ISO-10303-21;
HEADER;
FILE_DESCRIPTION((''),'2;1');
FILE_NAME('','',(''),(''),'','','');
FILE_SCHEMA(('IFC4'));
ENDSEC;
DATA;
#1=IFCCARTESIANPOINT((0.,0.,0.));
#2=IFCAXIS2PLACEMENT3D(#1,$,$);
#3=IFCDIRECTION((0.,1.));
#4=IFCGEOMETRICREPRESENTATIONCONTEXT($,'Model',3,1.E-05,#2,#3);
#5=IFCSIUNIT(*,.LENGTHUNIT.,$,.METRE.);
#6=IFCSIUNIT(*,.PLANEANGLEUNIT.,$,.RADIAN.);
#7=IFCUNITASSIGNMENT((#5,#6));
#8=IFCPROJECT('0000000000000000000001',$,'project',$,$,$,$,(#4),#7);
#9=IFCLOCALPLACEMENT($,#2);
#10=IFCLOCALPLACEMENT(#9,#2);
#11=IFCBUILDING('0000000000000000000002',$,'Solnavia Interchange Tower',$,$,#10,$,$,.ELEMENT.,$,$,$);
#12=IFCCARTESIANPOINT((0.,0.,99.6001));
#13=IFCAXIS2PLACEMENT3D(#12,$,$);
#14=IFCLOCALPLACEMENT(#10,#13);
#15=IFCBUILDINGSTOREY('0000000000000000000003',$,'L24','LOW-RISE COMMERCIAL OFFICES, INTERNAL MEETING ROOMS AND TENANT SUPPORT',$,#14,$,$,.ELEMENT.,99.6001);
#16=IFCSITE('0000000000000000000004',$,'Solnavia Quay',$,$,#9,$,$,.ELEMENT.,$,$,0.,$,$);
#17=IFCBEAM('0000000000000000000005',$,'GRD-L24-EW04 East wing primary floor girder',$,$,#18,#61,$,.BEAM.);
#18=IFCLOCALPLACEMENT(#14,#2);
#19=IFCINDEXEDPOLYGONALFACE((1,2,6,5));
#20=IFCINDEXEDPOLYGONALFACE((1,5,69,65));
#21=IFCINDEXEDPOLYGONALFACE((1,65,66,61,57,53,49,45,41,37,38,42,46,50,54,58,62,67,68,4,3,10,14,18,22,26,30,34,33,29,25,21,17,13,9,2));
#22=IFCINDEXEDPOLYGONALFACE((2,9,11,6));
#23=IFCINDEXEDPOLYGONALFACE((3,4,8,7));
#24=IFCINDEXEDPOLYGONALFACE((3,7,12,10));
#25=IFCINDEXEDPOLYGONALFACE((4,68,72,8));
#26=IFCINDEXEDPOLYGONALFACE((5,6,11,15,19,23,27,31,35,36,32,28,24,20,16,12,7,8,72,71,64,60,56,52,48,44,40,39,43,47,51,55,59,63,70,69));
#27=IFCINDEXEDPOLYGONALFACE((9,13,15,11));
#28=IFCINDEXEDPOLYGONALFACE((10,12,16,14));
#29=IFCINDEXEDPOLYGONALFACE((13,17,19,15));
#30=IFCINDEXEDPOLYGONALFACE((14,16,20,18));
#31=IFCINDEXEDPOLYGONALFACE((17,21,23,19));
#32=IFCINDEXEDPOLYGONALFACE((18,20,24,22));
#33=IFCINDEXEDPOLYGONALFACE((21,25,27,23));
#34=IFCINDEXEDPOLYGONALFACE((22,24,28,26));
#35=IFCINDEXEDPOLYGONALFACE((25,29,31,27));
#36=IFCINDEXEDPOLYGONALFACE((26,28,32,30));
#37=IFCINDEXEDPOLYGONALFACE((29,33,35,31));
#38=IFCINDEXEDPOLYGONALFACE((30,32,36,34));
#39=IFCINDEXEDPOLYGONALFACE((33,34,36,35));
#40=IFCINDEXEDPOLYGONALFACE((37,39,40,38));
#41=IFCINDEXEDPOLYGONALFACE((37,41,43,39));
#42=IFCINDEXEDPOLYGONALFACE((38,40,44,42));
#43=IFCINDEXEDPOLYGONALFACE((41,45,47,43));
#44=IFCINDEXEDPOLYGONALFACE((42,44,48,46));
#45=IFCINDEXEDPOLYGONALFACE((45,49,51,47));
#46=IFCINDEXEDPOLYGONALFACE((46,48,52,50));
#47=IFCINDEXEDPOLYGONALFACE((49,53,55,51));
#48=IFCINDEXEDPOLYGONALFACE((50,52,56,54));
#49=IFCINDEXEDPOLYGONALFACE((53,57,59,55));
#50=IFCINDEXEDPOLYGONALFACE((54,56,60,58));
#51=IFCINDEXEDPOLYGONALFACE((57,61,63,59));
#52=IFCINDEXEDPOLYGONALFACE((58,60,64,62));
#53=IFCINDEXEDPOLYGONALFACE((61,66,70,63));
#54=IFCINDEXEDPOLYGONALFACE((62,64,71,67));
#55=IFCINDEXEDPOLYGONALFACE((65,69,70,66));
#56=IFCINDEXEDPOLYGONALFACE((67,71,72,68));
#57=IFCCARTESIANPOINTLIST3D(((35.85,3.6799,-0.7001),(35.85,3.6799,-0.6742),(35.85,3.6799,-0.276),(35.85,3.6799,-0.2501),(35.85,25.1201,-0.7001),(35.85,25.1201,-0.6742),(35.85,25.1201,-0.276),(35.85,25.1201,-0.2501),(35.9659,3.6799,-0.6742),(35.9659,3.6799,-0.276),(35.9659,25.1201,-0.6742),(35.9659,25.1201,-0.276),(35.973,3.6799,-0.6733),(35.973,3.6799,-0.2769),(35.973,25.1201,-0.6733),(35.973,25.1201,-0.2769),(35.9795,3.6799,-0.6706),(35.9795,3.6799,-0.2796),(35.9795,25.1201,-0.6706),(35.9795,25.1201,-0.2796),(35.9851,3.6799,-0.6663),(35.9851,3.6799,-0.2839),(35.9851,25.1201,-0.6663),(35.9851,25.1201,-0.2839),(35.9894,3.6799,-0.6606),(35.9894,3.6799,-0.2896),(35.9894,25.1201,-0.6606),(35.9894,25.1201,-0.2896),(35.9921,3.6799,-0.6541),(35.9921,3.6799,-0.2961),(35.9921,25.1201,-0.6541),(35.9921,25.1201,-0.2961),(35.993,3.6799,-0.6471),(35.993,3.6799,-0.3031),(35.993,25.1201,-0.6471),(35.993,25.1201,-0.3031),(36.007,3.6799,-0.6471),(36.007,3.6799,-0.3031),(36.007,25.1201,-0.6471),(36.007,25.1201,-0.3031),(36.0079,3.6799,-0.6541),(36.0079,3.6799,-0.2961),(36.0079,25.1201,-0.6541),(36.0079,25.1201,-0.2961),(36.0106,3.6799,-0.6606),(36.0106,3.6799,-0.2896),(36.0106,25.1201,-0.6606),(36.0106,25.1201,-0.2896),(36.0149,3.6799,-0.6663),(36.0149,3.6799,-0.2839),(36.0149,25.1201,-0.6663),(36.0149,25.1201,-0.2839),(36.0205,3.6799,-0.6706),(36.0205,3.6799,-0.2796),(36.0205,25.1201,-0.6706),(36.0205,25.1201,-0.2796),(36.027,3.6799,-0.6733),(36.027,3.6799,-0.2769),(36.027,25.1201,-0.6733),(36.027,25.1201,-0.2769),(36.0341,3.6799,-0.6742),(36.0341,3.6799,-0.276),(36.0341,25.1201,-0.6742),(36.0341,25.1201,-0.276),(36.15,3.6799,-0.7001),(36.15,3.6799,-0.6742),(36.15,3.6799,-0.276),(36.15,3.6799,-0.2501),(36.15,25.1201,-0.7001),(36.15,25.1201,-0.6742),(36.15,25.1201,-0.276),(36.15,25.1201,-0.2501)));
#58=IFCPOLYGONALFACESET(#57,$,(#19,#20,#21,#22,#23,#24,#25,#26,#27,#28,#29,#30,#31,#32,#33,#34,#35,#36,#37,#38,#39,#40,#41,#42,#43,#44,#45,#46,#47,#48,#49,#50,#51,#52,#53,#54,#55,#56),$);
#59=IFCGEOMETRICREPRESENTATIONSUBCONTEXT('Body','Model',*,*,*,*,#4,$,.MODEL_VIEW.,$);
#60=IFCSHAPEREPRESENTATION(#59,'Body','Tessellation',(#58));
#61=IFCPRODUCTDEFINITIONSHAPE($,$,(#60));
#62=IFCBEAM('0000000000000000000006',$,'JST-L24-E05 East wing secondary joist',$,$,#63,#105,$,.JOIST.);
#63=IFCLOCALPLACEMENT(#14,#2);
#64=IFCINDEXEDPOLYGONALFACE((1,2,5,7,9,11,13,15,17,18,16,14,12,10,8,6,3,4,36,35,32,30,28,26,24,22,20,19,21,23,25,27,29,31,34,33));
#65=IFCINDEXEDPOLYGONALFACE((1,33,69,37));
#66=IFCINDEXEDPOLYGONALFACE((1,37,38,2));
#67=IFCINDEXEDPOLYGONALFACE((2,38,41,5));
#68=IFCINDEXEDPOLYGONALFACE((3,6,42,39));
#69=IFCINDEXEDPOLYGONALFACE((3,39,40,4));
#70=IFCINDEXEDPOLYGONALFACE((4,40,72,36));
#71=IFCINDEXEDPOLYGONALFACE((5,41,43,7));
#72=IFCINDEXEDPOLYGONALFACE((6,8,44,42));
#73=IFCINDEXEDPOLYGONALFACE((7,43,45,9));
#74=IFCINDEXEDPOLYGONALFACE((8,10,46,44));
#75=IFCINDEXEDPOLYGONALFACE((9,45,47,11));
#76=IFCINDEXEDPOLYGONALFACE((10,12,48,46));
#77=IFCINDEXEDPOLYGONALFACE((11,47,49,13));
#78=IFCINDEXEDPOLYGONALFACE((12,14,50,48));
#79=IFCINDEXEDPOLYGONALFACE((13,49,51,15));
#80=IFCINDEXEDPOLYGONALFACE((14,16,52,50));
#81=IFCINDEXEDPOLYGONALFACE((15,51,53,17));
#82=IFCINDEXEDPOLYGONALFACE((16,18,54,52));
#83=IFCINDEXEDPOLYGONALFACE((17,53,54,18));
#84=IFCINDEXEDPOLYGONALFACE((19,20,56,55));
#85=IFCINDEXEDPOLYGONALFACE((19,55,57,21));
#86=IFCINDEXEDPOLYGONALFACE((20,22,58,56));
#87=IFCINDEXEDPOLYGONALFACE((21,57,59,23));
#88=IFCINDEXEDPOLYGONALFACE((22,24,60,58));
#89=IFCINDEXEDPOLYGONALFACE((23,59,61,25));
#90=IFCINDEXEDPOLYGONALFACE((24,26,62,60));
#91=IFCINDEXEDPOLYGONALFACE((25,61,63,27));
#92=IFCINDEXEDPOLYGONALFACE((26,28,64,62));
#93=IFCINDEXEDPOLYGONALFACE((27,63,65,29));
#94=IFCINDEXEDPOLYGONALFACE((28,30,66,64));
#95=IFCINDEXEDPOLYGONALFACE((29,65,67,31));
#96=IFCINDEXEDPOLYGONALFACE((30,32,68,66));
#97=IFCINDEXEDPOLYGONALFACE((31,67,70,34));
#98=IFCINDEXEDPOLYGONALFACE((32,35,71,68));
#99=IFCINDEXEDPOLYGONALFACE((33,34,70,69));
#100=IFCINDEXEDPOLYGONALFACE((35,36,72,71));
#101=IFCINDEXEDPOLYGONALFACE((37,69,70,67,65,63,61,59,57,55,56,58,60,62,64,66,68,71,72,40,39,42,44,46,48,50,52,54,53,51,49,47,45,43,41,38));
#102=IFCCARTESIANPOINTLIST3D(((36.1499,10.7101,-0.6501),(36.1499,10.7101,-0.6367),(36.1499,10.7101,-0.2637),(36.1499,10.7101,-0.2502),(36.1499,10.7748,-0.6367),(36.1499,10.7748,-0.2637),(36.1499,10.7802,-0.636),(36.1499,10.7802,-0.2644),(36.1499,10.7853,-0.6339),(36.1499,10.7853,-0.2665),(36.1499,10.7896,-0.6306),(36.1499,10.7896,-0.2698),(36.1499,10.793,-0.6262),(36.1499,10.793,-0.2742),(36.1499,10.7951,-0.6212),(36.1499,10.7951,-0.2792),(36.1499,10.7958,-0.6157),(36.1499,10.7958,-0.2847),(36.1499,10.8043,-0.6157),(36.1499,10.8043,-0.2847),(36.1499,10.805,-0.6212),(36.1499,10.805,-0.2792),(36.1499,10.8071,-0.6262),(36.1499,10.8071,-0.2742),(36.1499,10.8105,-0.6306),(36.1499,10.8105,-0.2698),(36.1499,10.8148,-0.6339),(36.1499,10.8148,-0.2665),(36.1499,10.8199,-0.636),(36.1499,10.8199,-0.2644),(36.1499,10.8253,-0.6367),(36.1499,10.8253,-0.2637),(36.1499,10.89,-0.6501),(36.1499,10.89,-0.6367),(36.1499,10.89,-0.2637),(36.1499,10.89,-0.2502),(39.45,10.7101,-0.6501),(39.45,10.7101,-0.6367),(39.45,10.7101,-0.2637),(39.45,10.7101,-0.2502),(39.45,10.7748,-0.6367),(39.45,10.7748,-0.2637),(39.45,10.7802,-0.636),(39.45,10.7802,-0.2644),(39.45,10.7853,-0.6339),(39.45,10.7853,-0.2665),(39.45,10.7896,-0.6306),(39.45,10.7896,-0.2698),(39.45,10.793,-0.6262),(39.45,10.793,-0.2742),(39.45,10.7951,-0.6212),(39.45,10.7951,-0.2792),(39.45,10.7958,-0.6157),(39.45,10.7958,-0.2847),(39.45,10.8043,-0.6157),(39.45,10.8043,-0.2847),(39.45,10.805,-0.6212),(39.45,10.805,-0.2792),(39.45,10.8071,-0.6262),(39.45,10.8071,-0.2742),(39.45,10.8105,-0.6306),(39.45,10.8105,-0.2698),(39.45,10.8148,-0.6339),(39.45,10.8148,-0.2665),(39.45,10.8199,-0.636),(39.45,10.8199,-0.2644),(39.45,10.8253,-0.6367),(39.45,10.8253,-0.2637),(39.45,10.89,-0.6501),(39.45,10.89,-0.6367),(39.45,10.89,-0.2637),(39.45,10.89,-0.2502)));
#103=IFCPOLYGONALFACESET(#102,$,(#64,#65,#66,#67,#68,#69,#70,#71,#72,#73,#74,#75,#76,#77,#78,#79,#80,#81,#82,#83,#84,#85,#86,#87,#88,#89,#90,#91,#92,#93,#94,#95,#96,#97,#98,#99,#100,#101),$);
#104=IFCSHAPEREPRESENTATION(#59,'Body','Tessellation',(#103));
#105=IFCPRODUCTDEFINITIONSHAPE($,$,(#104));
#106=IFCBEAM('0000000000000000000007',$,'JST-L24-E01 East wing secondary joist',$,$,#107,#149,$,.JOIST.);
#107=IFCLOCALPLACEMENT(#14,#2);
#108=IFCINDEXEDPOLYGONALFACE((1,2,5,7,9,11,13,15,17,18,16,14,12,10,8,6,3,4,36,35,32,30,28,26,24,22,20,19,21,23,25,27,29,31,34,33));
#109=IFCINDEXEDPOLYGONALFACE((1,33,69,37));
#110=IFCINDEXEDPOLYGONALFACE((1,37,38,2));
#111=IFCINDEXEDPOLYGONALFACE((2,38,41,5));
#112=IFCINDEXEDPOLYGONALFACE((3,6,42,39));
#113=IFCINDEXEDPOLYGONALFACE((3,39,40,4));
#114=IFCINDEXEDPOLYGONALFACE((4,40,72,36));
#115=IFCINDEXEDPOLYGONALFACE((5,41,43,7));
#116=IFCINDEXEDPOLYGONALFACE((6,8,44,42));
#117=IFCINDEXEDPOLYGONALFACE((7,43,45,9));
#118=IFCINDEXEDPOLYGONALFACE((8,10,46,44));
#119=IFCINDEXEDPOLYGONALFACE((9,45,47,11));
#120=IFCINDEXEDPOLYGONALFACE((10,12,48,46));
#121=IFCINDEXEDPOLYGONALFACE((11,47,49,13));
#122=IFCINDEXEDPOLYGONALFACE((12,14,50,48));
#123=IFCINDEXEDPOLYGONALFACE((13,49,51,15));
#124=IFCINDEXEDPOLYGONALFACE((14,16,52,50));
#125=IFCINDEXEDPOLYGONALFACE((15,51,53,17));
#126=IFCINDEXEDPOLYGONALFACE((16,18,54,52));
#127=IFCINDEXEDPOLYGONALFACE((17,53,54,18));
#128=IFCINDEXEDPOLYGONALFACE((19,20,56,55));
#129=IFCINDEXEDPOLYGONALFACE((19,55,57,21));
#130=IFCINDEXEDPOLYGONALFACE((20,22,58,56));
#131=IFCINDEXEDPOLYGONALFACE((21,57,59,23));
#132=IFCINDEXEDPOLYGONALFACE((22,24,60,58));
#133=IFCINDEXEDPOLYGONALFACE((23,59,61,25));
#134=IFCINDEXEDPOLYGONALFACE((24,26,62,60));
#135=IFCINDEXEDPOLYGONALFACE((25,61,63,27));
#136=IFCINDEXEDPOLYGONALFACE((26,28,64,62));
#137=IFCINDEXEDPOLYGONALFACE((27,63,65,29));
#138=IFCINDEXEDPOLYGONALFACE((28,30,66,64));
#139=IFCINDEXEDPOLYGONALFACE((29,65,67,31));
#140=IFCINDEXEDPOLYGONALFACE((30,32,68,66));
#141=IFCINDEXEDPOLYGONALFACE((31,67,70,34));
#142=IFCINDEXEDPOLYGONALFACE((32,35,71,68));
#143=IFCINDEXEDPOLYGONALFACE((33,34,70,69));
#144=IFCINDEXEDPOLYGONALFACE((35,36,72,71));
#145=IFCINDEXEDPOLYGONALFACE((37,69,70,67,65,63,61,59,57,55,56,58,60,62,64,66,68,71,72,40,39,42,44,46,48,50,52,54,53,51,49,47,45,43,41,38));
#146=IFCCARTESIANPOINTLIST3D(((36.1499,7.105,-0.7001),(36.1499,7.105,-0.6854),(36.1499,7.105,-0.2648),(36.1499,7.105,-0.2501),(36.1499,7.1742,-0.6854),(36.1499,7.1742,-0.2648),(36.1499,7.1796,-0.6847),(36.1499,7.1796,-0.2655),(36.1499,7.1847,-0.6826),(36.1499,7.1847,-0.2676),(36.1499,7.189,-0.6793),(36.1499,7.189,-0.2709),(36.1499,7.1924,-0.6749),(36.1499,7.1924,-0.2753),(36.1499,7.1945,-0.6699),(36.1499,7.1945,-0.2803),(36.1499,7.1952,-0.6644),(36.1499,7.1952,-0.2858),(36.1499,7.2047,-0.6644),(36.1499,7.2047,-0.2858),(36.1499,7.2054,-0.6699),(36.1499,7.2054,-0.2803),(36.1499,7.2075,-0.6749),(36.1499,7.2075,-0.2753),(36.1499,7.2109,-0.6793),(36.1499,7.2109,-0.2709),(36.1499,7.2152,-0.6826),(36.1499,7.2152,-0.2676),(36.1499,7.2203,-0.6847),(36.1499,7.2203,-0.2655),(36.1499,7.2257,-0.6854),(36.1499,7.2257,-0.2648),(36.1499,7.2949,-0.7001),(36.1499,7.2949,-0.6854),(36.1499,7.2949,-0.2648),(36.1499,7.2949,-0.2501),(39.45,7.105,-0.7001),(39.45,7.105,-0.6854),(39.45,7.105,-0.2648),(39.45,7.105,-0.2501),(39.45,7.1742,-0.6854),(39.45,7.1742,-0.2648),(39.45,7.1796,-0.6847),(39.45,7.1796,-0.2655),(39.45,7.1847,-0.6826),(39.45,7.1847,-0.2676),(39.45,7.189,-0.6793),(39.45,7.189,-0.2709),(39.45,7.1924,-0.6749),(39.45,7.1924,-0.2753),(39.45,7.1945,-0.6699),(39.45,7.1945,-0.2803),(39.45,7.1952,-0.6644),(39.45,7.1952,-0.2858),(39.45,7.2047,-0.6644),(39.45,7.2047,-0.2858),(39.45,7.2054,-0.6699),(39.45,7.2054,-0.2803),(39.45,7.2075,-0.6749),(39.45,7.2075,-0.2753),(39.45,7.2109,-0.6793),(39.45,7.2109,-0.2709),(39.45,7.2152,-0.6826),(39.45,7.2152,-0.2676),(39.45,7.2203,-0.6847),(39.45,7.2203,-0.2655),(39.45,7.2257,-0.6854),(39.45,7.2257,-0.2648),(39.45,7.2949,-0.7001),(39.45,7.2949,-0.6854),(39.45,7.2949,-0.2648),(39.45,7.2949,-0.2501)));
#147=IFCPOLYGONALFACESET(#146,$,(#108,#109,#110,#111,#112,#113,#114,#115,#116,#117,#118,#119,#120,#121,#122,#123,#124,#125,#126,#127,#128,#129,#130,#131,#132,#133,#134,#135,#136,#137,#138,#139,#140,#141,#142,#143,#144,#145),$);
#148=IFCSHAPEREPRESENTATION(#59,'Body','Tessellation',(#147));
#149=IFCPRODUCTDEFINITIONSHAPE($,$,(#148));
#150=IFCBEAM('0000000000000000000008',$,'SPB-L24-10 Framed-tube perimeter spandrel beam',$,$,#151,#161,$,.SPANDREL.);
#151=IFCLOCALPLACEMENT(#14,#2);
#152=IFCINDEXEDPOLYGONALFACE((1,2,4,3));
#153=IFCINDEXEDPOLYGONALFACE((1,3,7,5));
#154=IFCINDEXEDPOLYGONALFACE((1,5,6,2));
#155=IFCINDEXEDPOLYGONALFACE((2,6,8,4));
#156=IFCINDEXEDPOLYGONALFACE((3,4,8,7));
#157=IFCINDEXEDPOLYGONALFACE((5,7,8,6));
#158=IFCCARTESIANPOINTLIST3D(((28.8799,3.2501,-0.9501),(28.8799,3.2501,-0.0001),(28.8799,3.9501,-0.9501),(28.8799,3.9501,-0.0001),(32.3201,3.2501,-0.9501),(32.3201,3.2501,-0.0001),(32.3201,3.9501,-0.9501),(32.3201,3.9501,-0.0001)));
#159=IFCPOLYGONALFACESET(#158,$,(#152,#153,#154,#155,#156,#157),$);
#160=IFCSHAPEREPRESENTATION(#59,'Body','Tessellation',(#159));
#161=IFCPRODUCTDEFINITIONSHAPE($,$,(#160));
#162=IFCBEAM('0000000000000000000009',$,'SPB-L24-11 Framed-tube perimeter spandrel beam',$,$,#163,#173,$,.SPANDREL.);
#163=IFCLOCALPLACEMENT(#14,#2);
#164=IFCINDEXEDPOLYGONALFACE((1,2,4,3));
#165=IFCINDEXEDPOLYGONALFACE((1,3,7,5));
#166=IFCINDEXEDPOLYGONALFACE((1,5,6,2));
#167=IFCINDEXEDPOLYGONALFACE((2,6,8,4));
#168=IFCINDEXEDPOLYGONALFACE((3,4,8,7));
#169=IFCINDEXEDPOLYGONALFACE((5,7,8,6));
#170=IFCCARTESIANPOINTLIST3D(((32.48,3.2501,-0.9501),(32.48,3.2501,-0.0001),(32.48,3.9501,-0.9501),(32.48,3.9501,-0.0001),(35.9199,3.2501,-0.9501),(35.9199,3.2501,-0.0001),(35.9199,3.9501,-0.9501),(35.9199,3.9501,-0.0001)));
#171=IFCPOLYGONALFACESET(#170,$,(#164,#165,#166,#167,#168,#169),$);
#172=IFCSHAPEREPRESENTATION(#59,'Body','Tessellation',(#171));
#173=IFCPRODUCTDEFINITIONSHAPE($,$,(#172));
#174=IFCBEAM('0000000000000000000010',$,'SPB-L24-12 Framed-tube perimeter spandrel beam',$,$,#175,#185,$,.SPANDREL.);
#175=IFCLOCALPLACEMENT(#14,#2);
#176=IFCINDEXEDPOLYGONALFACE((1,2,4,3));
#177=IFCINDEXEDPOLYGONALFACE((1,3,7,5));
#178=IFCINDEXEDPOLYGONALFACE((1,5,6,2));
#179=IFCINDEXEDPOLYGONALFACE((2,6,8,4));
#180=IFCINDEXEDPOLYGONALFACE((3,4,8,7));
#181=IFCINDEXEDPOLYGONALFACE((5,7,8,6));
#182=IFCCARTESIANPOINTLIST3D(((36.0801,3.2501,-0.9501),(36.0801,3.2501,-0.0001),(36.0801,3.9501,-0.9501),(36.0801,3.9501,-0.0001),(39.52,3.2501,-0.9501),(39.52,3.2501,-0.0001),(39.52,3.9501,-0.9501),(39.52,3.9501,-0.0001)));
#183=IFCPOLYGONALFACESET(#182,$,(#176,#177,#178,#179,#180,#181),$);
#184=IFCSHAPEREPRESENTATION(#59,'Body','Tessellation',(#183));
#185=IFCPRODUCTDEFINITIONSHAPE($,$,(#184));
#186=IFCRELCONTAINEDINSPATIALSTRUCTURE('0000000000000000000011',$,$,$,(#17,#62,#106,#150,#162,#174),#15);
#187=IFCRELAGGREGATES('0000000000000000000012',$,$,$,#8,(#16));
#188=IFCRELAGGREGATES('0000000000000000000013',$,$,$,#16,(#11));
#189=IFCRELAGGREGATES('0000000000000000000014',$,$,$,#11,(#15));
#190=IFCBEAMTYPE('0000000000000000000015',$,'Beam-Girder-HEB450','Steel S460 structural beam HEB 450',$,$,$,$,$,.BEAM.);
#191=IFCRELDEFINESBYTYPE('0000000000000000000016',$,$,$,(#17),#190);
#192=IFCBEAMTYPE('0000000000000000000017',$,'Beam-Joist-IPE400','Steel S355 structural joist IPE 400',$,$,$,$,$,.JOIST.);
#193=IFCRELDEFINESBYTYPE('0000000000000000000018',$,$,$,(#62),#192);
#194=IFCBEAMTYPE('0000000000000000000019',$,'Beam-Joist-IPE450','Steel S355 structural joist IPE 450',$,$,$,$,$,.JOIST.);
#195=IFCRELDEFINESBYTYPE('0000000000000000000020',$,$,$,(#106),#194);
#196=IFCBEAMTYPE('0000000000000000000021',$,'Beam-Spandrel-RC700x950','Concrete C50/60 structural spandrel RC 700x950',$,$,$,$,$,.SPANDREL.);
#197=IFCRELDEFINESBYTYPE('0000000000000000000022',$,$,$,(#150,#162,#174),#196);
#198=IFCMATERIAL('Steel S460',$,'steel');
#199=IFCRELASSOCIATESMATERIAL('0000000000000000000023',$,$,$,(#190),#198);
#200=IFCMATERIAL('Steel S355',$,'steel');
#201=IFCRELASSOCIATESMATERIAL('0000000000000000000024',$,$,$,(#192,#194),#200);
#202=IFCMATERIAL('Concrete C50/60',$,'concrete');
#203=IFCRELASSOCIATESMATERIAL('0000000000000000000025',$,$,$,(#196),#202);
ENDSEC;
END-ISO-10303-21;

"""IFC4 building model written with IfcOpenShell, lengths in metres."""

from ifc_helpers import new_model, si_unit, direction, frame, origin, origin_2d, place, context, subcontext, project, spatial, rectangle, i_section, extrude, material, material_profile, profile_set, type_object, element, save


model = new_model("IFC4")

# Units and contexts
model_context = context("Model", 3, precision=1e-05, world=origin(), true_north=direction((0.0, 1.0)))
body_context = subcontext(model_context, "Body", "Model", "MODEL_VIEW")
ifc_project = project(units=[si_unit("LENGTHUNIT", "METRE"), si_unit("PLANEANGLEUNIT", "RADIAN")], contexts=[model_context])

# Site, building, storey
site_placement = place(None, origin())
site = spatial("IfcSite", under=ifc_project, at=site_placement, Name="Solnavia Quay", CompositionType="ELEMENT", RefElevation=0.0)
building_placement = place(site_placement, origin())
building = spatial("IfcBuilding", under=site, at=building_placement, Name="Solnavia Interchange Tower", CompositionType="ELEMENT")
storey_placement = place(building_placement, frame((0.0, 0.0, 99.6001)))
storey = spatial("IfcBuildingStorey", under=building, at=storey_placement, Name="L24", Description="LOW-RISE COMMERCIAL OFFICES, INTERNAL MEETING ROOMS AND TENANT SUPPORT", CompositionType="ELEMENT", Elevation=99.6001)

# Shared definitions
ifc_material_1 = material(Name="Concrete C50/60", Category="concrete")
ifc_material_2 = material(Name="Steel S355", Category="steel")

# Beams
ifc_material_3 = material(Name="Steel S460", Category="steel")
ifc_material_profile_1 = material_profile(ifc_material_3, i_section(OverallWidth=0.3, OverallDepth=0.45, WebThickness=0.0139, FlangeThickness=0.0259, FilletRadius=0.0271, at=origin_2d()), Name="HEB 450")
ifc_profile_set_1 = profile_set([ifc_material_profile_1], Name="Steel S460")
beam_type_1 = type_object("IfcBeamType", Name="Beam-Girder-HEB450", Description="Steel S460 structural beam HEB 450", PredefinedType="BEAM", material=ifc_profile_set_1)
beam_1_placement = place(storey_placement, frame((36.0, 3.6799, -0.4751), z_axis=(0.0, 1.0, 0.0), x_axis=(-1.0, 0.0, 0.0)))
element("IfcBeam", 1, at=beam_1_placement, inside=storey, type_object=beam_type_1, Name="GRD-L24-EW04 East wing primary floor girder", PredefinedType="BEAM", context=body_context, shape_type="SweptSolid", body=[
    extrude(i_section(OverallWidth=0.3, OverallDepth=0.45, WebThickness=0.0139, FlangeThickness=0.0259, FilletRadius=0.0271, at=origin_2d()), origin(), (0.0, 0.0, 1.0), 21.4402),
])
ifc_material_profile_2 = material_profile(ifc_material_2, i_section(OverallWidth=0.1799, OverallDepth=0.3999, WebThickness=0.0085, FlangeThickness=0.0134, FilletRadius=0.021, at=origin_2d()), Name="IPE 400")
ifc_profile_set_2 = profile_set([ifc_material_profile_2], Name="Steel S355")
beam_type_2 = type_object("IfcBeamType", Name="Beam-Joist-IPE400", Description="Steel S355 structural joist IPE 400", PredefinedType="JOIST", material=ifc_profile_set_2)
beam_2_placement = place(storey_placement, frame((36.1499, 10.8, -0.4502), z_axis=(1.0, 0.0, 0.0), x_axis=(0.0, 1.0, 0.0)))
element("IfcBeam", 2, at=beam_2_placement, inside=storey, type_object=beam_type_2, Name="JST-L24-E05 East wing secondary joist", PredefinedType="JOIST", context=body_context, shape_type="SweptSolid", body=[
    extrude(i_section(OverallWidth=0.1799, OverallDepth=0.3999, WebThickness=0.0085, FlangeThickness=0.0134, FilletRadius=0.021, at=origin_2d()), origin(), (0.0, 0.0, 1.0), 3.3),
])
ifc_material_profile_3 = material_profile(ifc_material_2, i_section(OverallWidth=0.1899, OverallDepth=0.45, WebThickness=0.0095, FlangeThickness=0.0146, FilletRadius=0.021, at=origin_2d()), Name="IPE 450")
ifc_profile_set_3 = profile_set([ifc_material_profile_3], Name="Steel S355")
beam_type_3 = type_object("IfcBeamType", Name="Beam-Joist-IPE450", Description="Steel S355 structural joist IPE 450", PredefinedType="JOIST", material=ifc_profile_set_3)
beam_3_placement = place(storey_placement, frame((36.1499, 7.2, -0.4751), z_axis=(1.0, 0.0, 0.0), x_axis=(0.0, 1.0, 0.0)))
element("IfcBeam", 3, at=beam_3_placement, inside=storey, type_object=beam_type_3, Name="JST-L24-E01 East wing secondary joist", PredefinedType="JOIST", context=body_context, shape_type="SweptSolid", body=[
    extrude(i_section(OverallWidth=0.1899, OverallDepth=0.45, WebThickness=0.0095, FlangeThickness=0.0146, FilletRadius=0.021, at=origin_2d()), origin(), (0.0, 0.0, 1.0), 3.3),
])
ifc_material_profile_4 = material_profile(ifc_material_1, rectangle(XDim=0.7, YDim=0.95, at=origin_2d()), Name="RC 700x950")
ifc_profile_set_4 = profile_set([ifc_material_profile_4], Name="Concrete C50/60")
beam_type_4 = type_object("IfcBeamType", Name="Beam-Spandrel-RC700x950", Description="Concrete C50/60 structural spandrel RC 700x950", PredefinedType="SPANDREL", material=ifc_profile_set_4)
beam_4_placement = place(storey_placement, frame((28.8799, 3.6001, -0.4751), z_axis=(1.0, 0.0, 0.0), x_axis=(0.0, 1.0, 0.0)))
element("IfcBeam", 4, at=beam_4_placement, inside=storey, type_object=beam_type_4, Name="SPB-L24-10 Framed-tube perimeter spandrel beam", PredefinedType="SPANDREL", context=body_context, shape_type="SweptSolid", body=[
    extrude(rectangle(XDim=0.7, YDim=0.95, at=origin_2d()), origin(), (0.0, 0.0, 1.0), 3.4402),
])
for number, where, z_axis, x_axis, name in (
    (5, (32.48, 3.6001, -0.4751), (1.0, 0.0, 0.0), (0.0, 1.0, 0.0), "SPB-L24-11 Framed-tube perimeter spandrel beam"),
    (6, (36.0801, 3.6001, -0.4751), (1.0, 0.0, 0.0), (0.0, 1.0, 0.0), "SPB-L24-12 Framed-tube perimeter spandrel beam"),
):
    element("IfcBeam", number, at=place(storey_placement, frame(where, z_axis=z_axis, x_axis=x_axis)), inside=storey, type_object=beam_type_4, Name=name, PredefinedType="SPANDREL", context=body_context, shape_type="SweptSolid", body=[
        extrude(rectangle(XDim=0.7, YDim=0.95, at=origin_2d()), origin(), (0.0, 0.0, 1.0), 3.4399),
    ])

save(model, "model.ifc")
